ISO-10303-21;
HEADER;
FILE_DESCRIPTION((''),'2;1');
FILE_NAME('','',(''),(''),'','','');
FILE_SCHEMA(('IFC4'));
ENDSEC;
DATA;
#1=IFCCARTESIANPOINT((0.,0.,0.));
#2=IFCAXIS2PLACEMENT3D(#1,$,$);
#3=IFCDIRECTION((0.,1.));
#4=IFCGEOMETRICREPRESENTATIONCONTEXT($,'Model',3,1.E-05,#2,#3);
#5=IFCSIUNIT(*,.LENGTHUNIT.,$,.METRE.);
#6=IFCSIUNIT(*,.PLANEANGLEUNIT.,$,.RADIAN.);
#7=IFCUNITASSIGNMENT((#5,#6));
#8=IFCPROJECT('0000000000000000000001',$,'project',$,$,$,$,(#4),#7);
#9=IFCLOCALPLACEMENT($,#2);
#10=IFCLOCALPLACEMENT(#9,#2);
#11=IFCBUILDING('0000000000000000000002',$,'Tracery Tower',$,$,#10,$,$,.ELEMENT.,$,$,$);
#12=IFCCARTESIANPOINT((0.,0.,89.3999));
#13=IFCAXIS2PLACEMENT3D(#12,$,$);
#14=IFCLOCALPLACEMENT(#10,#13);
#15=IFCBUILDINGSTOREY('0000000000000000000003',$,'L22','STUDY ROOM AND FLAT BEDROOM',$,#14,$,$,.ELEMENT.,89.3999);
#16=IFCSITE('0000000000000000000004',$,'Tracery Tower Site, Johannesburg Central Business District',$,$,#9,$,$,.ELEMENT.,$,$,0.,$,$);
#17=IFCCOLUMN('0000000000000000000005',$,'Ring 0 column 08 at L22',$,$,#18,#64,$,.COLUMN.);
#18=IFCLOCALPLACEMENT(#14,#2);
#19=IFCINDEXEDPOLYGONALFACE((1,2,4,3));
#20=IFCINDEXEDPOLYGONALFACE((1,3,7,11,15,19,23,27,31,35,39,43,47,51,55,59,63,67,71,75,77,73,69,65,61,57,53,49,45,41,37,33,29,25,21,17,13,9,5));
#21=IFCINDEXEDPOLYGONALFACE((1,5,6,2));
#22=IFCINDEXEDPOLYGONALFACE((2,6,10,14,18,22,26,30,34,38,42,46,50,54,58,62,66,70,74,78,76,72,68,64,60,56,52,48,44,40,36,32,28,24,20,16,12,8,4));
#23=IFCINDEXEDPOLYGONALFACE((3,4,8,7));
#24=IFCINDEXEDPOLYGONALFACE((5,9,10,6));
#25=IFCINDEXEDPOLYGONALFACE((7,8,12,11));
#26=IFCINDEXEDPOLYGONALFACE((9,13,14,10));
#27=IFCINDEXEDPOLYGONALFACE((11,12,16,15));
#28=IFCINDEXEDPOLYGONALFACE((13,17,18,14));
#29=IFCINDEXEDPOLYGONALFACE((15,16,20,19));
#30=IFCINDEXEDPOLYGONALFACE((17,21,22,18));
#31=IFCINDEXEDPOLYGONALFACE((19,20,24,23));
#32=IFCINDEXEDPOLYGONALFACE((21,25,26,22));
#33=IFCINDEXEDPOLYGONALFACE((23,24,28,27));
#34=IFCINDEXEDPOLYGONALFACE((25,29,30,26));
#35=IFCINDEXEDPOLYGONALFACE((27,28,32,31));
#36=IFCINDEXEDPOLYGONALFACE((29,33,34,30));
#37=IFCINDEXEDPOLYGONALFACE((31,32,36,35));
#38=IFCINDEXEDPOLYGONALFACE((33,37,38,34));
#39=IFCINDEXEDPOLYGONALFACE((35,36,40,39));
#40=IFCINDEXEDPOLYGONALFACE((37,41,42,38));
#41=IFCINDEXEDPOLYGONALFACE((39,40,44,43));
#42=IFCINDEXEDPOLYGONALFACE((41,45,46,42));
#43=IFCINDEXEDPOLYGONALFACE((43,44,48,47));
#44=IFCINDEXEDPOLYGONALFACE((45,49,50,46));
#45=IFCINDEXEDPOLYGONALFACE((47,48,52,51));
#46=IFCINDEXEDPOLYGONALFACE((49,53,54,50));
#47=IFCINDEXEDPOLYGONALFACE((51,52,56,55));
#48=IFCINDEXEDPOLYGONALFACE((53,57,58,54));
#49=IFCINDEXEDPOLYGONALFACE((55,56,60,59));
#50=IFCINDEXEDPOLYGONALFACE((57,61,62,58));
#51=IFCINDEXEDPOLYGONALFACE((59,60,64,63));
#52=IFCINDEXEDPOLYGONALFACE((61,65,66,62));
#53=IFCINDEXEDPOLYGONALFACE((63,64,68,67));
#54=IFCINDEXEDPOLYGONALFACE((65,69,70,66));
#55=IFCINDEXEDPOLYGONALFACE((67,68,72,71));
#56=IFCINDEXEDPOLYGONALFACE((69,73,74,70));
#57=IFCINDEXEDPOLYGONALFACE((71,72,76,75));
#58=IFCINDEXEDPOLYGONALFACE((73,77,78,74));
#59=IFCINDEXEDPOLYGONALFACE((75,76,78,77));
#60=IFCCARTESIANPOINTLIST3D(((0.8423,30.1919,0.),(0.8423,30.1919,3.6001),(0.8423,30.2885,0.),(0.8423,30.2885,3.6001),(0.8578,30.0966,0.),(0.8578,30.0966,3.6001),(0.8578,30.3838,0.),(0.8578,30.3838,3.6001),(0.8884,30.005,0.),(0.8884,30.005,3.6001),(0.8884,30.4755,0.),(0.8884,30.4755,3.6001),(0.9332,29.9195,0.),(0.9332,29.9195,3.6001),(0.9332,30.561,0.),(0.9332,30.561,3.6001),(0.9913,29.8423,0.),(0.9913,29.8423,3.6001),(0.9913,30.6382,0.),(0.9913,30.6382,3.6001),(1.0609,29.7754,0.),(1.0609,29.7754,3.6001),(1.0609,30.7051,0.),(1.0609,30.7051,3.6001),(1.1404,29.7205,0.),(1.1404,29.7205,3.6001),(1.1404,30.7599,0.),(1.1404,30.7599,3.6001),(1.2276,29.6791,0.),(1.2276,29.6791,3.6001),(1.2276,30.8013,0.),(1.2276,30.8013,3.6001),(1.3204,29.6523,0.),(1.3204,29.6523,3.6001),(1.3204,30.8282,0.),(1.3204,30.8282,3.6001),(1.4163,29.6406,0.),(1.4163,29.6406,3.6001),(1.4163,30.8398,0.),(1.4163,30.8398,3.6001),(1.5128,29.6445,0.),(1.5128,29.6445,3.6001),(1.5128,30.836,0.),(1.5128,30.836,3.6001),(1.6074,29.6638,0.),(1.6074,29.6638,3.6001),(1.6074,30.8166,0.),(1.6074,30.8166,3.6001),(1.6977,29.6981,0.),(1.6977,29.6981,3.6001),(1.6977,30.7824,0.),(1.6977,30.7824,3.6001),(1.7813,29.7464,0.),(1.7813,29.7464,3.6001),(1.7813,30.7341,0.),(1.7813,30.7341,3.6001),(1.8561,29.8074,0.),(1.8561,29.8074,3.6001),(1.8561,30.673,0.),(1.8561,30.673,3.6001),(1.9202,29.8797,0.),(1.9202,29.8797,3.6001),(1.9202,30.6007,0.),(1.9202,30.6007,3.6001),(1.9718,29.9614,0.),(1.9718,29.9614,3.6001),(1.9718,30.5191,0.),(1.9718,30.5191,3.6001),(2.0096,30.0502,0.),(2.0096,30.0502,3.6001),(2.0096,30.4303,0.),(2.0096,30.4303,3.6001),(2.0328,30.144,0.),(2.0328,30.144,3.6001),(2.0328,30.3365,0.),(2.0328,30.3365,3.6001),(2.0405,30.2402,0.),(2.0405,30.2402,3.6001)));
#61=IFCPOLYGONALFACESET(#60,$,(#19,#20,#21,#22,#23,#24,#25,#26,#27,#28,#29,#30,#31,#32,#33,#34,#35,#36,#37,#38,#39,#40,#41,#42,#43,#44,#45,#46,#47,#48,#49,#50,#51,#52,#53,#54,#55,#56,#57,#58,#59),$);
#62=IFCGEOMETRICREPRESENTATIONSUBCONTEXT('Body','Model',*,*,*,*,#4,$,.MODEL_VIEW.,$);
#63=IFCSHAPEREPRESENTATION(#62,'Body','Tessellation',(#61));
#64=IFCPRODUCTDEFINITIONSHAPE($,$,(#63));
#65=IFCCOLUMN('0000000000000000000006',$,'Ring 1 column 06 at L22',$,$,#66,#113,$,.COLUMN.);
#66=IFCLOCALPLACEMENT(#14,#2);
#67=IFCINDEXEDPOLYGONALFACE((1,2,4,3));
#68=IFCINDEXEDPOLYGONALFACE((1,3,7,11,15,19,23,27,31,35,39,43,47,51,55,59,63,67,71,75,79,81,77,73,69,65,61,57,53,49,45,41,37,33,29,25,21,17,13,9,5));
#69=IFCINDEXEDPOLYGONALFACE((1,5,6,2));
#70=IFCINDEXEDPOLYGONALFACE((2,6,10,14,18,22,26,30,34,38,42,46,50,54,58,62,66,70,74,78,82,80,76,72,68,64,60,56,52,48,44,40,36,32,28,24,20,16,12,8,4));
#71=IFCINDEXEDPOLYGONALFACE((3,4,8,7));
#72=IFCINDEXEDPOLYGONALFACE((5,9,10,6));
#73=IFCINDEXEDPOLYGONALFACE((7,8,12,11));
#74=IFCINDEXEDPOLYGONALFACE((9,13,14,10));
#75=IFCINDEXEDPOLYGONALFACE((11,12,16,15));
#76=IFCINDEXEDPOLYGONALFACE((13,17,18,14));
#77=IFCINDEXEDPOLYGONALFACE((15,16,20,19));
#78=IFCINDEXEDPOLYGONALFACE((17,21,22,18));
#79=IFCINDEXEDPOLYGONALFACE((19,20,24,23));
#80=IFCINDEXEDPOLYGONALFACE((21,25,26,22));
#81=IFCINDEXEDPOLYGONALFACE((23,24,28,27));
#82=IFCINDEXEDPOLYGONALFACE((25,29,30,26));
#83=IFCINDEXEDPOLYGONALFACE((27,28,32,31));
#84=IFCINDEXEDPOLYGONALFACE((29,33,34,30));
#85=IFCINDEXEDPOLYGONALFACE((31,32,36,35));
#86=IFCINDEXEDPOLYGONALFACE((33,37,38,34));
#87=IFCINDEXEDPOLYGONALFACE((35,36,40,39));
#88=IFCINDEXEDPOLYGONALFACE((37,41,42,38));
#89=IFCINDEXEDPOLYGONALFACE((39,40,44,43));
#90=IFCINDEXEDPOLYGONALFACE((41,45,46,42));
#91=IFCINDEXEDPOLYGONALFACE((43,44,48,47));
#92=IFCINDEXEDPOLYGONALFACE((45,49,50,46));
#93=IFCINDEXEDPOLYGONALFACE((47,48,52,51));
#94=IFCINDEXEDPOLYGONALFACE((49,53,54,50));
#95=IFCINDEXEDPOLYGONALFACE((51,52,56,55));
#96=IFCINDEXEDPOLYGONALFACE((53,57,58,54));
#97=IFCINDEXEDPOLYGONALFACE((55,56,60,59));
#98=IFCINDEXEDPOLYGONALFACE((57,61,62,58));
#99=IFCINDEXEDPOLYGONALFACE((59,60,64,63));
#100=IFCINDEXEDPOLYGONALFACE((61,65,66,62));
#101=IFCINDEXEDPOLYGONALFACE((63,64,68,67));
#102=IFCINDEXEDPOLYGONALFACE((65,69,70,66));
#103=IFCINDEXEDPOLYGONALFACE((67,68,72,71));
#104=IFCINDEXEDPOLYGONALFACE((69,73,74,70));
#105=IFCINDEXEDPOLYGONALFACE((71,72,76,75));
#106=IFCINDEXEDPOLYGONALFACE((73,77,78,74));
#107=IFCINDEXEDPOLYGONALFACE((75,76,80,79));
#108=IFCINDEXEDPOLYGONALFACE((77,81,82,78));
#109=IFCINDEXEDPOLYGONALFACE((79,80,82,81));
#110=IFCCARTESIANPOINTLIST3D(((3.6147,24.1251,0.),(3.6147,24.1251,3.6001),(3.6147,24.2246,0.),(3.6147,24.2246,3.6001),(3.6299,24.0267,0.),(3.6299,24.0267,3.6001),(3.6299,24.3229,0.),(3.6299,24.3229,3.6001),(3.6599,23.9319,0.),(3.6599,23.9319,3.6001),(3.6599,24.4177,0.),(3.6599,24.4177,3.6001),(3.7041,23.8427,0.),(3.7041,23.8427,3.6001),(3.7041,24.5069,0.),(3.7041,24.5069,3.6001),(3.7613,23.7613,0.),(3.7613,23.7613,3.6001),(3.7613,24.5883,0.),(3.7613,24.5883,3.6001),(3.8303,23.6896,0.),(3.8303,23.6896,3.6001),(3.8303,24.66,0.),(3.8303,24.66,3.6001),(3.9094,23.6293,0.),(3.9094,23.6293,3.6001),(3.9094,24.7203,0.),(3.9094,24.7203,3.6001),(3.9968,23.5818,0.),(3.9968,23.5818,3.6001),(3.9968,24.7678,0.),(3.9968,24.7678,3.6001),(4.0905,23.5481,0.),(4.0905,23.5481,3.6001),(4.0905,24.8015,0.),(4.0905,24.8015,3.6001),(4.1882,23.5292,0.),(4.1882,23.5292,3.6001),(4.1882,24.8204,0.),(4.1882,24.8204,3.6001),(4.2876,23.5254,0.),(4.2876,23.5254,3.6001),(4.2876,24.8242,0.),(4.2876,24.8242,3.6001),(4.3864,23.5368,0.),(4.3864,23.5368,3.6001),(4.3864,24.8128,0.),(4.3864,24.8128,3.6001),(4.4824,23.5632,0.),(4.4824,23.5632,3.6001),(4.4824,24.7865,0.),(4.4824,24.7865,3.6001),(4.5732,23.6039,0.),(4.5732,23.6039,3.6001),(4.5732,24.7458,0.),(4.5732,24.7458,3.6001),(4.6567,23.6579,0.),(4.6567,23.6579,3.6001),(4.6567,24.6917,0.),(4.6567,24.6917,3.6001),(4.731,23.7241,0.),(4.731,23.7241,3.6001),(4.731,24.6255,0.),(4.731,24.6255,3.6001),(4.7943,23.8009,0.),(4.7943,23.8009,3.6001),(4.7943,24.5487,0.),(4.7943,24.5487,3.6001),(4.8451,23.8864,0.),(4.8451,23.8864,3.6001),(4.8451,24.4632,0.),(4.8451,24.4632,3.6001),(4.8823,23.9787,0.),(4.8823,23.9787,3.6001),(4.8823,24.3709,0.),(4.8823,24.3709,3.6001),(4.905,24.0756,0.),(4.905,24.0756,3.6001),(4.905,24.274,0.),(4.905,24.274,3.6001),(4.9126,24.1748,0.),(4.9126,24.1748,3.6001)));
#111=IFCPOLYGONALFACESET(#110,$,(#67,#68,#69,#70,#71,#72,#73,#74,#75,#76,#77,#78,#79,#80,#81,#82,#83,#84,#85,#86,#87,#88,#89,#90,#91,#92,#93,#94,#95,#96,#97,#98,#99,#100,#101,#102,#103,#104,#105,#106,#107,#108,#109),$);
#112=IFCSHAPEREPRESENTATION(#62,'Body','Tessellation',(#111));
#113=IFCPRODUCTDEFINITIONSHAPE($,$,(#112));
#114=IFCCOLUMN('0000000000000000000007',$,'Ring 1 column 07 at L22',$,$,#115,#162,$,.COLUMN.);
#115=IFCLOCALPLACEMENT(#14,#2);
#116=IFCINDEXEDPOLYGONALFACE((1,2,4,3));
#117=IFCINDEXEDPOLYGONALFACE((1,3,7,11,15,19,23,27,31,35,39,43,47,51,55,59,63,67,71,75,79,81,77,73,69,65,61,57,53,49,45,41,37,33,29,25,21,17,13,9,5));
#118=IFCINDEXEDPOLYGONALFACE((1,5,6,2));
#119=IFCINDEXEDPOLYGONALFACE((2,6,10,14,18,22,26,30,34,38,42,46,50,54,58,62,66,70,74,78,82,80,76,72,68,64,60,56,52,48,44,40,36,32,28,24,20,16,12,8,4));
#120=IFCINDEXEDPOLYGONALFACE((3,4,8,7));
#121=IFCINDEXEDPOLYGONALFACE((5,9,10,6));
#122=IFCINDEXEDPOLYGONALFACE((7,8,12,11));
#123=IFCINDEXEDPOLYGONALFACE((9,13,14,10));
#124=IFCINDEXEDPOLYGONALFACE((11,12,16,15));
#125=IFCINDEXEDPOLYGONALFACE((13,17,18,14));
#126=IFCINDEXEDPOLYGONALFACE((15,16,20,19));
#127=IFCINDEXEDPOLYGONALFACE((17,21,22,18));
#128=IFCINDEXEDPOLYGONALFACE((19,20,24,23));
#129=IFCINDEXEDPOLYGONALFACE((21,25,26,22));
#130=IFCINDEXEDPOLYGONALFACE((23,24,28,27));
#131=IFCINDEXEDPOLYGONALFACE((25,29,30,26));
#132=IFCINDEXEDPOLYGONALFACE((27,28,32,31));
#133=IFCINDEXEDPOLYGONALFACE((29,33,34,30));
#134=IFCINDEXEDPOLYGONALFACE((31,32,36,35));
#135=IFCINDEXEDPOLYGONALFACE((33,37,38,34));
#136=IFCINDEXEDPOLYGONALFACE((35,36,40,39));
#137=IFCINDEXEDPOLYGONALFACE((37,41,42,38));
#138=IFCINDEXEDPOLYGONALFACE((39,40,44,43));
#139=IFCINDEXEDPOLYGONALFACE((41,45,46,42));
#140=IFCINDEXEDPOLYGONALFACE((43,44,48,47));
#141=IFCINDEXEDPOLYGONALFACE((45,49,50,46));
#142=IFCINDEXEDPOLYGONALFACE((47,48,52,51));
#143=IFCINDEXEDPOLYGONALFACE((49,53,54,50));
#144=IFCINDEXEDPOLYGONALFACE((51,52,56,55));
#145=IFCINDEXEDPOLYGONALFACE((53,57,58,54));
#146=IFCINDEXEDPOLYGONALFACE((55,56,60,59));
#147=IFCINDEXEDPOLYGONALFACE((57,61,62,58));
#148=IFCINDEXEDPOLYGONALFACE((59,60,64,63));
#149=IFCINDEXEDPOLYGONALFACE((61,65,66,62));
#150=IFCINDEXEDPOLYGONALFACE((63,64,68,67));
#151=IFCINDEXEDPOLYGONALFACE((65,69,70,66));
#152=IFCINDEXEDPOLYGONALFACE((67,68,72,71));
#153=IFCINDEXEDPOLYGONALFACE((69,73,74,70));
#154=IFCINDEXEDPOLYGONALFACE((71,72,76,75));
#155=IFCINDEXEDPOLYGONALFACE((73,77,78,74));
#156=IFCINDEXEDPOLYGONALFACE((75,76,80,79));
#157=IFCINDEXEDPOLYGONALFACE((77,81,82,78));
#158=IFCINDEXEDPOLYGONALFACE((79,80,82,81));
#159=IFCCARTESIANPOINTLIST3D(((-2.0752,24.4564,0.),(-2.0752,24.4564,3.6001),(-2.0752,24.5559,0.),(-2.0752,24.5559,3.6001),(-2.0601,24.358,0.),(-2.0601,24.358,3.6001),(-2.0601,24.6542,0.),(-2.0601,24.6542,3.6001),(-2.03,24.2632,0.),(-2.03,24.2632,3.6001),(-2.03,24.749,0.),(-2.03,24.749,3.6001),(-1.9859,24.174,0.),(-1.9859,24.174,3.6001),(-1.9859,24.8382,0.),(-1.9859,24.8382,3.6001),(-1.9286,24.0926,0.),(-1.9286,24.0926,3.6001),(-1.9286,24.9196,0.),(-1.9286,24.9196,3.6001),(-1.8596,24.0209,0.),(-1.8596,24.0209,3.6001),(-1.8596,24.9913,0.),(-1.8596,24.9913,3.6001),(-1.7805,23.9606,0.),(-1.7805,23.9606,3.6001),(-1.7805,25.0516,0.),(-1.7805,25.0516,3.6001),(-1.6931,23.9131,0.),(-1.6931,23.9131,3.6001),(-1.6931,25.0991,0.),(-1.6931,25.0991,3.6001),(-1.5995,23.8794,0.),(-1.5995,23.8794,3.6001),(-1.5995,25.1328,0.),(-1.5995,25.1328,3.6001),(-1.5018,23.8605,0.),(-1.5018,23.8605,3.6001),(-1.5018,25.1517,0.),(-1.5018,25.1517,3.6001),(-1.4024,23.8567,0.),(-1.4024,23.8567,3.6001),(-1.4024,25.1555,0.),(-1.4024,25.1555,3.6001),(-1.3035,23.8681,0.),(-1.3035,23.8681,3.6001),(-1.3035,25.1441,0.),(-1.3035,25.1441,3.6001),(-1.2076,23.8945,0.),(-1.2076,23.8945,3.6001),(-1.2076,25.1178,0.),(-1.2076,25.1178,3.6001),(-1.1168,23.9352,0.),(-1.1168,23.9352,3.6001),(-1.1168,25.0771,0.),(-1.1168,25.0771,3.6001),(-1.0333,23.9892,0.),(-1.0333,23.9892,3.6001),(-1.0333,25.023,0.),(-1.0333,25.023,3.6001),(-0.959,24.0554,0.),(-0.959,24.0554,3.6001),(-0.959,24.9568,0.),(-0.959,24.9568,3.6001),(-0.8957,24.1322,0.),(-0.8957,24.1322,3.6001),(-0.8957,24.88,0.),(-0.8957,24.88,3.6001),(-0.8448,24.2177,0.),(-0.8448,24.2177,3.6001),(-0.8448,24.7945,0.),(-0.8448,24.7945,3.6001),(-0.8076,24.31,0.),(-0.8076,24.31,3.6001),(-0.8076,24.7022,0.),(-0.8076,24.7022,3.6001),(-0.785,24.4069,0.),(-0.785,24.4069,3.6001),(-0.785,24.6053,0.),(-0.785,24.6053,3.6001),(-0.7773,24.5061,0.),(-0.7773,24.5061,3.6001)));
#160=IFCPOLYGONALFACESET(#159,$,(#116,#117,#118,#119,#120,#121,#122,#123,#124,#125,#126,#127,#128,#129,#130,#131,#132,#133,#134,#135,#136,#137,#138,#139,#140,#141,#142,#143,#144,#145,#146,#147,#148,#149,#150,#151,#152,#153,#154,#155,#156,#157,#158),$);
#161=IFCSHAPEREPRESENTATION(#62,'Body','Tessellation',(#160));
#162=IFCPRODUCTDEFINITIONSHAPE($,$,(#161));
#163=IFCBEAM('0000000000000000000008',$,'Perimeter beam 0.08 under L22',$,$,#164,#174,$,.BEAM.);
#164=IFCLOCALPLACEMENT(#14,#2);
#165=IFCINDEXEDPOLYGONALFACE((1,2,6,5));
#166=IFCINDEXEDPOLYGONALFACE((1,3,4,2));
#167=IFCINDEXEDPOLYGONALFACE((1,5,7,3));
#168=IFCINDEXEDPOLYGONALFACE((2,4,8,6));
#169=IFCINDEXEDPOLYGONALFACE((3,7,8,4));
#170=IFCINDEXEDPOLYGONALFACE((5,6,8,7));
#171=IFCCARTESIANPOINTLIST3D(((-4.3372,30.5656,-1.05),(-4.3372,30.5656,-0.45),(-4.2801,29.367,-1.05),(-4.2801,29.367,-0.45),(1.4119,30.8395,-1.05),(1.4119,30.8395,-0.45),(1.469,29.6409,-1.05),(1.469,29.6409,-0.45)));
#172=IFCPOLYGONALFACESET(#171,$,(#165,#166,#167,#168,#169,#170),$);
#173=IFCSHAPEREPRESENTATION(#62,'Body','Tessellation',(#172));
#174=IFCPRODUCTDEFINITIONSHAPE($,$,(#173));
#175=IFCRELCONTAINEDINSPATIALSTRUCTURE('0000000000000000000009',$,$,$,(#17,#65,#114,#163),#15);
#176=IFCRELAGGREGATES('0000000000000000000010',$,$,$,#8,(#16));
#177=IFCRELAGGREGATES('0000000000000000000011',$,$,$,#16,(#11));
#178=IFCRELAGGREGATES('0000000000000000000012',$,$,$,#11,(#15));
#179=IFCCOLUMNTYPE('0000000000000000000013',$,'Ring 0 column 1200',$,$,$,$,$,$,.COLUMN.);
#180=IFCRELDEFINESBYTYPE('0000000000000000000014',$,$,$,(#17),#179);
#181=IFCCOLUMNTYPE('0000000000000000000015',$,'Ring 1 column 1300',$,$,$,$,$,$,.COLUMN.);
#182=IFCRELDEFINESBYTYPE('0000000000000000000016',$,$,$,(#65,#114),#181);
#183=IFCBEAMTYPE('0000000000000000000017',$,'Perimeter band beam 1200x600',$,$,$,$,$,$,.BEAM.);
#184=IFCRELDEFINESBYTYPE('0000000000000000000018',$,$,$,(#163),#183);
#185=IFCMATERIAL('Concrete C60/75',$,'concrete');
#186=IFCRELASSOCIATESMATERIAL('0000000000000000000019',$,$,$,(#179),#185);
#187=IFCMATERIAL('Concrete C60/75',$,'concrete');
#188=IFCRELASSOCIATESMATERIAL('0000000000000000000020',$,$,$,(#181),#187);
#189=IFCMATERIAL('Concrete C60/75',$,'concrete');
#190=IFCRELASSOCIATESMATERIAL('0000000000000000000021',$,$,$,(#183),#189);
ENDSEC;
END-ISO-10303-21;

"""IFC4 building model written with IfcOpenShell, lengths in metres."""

from ifc_helpers import new_model, si_unit, direction, frame, origin, origin_2d, place, context, subcontext, project, spatial, rectangle, circle, extrude, material, material_profile, profile_set, type_object, element, save


model = new_model("IFC4")

# Units and contexts
model_context = context("Model", 3, precision=1e-05, world=origin(), true_north=direction((0.0, 1.0)))
body_context = subcontext(model_context, "Body", "Model", "MODEL_VIEW")
ifc_project = project(units=[si_unit("LENGTHUNIT", "METRE"), si_unit("PLANEANGLEUNIT", "RADIAN")], contexts=[model_context])

# Site, building, storey
site_placement = place(None, origin())
site = spatial("IfcSite", under=ifc_project, at=site_placement, Name="Tracery Tower Site, Johannesburg Central Business District", CompositionType="ELEMENT", RefElevation=0.0)
building_placement = place(site_placement, origin())
building = spatial("IfcBuilding", under=site, at=building_placement, Name="Tracery Tower", CompositionType="ELEMENT")
storey_placement = place(building_placement, frame((0.0, 0.0, 89.3999)))
storey = spatial("IfcBuildingStorey", under=building, at=storey_placement, Name="L22", Description="STUDY ROOM AND FLAT BEDROOM", CompositionType="ELEMENT", Elevation=89.3999)

# Columns
ifc_material_1 = material(Name="Concrete C60/75", Category="concrete")
ifc_material_profile_1 = material_profile(ifc_material_1, circle(Radius=0.6001, at=origin_2d()), Name="RC D1200")
ifc_profile_set_1 = profile_set([ifc_material_profile_1], Name="Concrete C60/75")
column_type_1 = type_object("IfcColumnType", Name="Ring 0 column 1200", PredefinedType="COLUMN", material=ifc_profile_set_1)
column_placement = place(storey_placement, frame((1.4404, 30.2402, 0.0), z_axis=(0.0, 0.0, 1.0), x_axis=(1.0, 0.0, 0.0)))
element("IfcColumn", 1, at=column_placement, inside=storey, type_object=column_type_1, Name="Ring 0 column 08 at L22", PredefinedType="COLUMN", context=body_context, shape_type="SweptSolid", body=[
    extrude(circle(Radius=0.6001, at=origin_2d()), origin(), (0.0, 0.0, 1.0), 3.6001),
])
ifc_material_2 = material(Name="Concrete C60/75", Category="concrete")
ifc_material_profile_2 = material_profile(ifc_material_2, circle(Radius=0.6499, at=origin_2d()), Name="RC D1300")
ifc_profile_set_2 = profile_set([ifc_material_profile_2], Name="Concrete C60/75")
column_type_2 = type_object("IfcColumnType", Name="Ring 1 column 1300", PredefinedType="COLUMN", material=ifc_profile_set_2)
for number, where, z_axis, x_axis, name in (
    (2, (4.2627, 24.1748, 0.0), (0.0, 0.0, 1.0), (1.0, 0.0, 0.0), "Ring 1 column 06 at L22"),
    (3, (-1.4272, 24.5061, 0.0), (0.0, 0.0, 1.0), (1.0, 0.0, 0.0), "Ring 1 column 07 at L22"),
):
    element("IfcColumn", number, at=place(storey_placement, frame(where, z_axis=z_axis, x_axis=x_axis)), inside=storey, type_object=column_type_2, Name=name, PredefinedType="COLUMN", context=body_context, shape_type="SweptSolid", body=[
        extrude(circle(Radius=0.6499, at=origin_2d()), origin(), (0.0, 0.0, 1.0), 3.6001),
    ])

# Beam
ifc_material_3 = material(Name="Concrete C60/75", Category="concrete")
ifc_material_profile_3 = material_profile(ifc_material_3, rectangle(XDim=1.2, YDim=0.6001, at=origin_2d()), Name="RC 1200x600")
ifc_profile_set_3 = profile_set([ifc_material_profile_3], Name="Concrete C60/75")
beam_type = type_object("IfcBeamType", Name="Perimeter band beam 1200x600", PredefinedType="BEAM", material=ifc_profile_set_3)
beam_placement = place(storey_placement, frame((1.4404, 30.2402, -0.75), z_axis=(-0.998867, -0.047593, 0.0), x_axis=(0.047593, -0.998867, 0.0)))
element("IfcBeam", 4, at=beam_placement, inside=storey, type_object=beam_type, Name="Perimeter beam 0.08 under L22", PredefinedType="BEAM", context=body_context, shape_type="SweptSolid", body=[
    extrude(rectangle(XDim=1.2, YDim=0.6001, at=origin_2d()), origin(), (0.0, 0.0, 1.0), 5.7556),
])

save(model, "model.ifc")
